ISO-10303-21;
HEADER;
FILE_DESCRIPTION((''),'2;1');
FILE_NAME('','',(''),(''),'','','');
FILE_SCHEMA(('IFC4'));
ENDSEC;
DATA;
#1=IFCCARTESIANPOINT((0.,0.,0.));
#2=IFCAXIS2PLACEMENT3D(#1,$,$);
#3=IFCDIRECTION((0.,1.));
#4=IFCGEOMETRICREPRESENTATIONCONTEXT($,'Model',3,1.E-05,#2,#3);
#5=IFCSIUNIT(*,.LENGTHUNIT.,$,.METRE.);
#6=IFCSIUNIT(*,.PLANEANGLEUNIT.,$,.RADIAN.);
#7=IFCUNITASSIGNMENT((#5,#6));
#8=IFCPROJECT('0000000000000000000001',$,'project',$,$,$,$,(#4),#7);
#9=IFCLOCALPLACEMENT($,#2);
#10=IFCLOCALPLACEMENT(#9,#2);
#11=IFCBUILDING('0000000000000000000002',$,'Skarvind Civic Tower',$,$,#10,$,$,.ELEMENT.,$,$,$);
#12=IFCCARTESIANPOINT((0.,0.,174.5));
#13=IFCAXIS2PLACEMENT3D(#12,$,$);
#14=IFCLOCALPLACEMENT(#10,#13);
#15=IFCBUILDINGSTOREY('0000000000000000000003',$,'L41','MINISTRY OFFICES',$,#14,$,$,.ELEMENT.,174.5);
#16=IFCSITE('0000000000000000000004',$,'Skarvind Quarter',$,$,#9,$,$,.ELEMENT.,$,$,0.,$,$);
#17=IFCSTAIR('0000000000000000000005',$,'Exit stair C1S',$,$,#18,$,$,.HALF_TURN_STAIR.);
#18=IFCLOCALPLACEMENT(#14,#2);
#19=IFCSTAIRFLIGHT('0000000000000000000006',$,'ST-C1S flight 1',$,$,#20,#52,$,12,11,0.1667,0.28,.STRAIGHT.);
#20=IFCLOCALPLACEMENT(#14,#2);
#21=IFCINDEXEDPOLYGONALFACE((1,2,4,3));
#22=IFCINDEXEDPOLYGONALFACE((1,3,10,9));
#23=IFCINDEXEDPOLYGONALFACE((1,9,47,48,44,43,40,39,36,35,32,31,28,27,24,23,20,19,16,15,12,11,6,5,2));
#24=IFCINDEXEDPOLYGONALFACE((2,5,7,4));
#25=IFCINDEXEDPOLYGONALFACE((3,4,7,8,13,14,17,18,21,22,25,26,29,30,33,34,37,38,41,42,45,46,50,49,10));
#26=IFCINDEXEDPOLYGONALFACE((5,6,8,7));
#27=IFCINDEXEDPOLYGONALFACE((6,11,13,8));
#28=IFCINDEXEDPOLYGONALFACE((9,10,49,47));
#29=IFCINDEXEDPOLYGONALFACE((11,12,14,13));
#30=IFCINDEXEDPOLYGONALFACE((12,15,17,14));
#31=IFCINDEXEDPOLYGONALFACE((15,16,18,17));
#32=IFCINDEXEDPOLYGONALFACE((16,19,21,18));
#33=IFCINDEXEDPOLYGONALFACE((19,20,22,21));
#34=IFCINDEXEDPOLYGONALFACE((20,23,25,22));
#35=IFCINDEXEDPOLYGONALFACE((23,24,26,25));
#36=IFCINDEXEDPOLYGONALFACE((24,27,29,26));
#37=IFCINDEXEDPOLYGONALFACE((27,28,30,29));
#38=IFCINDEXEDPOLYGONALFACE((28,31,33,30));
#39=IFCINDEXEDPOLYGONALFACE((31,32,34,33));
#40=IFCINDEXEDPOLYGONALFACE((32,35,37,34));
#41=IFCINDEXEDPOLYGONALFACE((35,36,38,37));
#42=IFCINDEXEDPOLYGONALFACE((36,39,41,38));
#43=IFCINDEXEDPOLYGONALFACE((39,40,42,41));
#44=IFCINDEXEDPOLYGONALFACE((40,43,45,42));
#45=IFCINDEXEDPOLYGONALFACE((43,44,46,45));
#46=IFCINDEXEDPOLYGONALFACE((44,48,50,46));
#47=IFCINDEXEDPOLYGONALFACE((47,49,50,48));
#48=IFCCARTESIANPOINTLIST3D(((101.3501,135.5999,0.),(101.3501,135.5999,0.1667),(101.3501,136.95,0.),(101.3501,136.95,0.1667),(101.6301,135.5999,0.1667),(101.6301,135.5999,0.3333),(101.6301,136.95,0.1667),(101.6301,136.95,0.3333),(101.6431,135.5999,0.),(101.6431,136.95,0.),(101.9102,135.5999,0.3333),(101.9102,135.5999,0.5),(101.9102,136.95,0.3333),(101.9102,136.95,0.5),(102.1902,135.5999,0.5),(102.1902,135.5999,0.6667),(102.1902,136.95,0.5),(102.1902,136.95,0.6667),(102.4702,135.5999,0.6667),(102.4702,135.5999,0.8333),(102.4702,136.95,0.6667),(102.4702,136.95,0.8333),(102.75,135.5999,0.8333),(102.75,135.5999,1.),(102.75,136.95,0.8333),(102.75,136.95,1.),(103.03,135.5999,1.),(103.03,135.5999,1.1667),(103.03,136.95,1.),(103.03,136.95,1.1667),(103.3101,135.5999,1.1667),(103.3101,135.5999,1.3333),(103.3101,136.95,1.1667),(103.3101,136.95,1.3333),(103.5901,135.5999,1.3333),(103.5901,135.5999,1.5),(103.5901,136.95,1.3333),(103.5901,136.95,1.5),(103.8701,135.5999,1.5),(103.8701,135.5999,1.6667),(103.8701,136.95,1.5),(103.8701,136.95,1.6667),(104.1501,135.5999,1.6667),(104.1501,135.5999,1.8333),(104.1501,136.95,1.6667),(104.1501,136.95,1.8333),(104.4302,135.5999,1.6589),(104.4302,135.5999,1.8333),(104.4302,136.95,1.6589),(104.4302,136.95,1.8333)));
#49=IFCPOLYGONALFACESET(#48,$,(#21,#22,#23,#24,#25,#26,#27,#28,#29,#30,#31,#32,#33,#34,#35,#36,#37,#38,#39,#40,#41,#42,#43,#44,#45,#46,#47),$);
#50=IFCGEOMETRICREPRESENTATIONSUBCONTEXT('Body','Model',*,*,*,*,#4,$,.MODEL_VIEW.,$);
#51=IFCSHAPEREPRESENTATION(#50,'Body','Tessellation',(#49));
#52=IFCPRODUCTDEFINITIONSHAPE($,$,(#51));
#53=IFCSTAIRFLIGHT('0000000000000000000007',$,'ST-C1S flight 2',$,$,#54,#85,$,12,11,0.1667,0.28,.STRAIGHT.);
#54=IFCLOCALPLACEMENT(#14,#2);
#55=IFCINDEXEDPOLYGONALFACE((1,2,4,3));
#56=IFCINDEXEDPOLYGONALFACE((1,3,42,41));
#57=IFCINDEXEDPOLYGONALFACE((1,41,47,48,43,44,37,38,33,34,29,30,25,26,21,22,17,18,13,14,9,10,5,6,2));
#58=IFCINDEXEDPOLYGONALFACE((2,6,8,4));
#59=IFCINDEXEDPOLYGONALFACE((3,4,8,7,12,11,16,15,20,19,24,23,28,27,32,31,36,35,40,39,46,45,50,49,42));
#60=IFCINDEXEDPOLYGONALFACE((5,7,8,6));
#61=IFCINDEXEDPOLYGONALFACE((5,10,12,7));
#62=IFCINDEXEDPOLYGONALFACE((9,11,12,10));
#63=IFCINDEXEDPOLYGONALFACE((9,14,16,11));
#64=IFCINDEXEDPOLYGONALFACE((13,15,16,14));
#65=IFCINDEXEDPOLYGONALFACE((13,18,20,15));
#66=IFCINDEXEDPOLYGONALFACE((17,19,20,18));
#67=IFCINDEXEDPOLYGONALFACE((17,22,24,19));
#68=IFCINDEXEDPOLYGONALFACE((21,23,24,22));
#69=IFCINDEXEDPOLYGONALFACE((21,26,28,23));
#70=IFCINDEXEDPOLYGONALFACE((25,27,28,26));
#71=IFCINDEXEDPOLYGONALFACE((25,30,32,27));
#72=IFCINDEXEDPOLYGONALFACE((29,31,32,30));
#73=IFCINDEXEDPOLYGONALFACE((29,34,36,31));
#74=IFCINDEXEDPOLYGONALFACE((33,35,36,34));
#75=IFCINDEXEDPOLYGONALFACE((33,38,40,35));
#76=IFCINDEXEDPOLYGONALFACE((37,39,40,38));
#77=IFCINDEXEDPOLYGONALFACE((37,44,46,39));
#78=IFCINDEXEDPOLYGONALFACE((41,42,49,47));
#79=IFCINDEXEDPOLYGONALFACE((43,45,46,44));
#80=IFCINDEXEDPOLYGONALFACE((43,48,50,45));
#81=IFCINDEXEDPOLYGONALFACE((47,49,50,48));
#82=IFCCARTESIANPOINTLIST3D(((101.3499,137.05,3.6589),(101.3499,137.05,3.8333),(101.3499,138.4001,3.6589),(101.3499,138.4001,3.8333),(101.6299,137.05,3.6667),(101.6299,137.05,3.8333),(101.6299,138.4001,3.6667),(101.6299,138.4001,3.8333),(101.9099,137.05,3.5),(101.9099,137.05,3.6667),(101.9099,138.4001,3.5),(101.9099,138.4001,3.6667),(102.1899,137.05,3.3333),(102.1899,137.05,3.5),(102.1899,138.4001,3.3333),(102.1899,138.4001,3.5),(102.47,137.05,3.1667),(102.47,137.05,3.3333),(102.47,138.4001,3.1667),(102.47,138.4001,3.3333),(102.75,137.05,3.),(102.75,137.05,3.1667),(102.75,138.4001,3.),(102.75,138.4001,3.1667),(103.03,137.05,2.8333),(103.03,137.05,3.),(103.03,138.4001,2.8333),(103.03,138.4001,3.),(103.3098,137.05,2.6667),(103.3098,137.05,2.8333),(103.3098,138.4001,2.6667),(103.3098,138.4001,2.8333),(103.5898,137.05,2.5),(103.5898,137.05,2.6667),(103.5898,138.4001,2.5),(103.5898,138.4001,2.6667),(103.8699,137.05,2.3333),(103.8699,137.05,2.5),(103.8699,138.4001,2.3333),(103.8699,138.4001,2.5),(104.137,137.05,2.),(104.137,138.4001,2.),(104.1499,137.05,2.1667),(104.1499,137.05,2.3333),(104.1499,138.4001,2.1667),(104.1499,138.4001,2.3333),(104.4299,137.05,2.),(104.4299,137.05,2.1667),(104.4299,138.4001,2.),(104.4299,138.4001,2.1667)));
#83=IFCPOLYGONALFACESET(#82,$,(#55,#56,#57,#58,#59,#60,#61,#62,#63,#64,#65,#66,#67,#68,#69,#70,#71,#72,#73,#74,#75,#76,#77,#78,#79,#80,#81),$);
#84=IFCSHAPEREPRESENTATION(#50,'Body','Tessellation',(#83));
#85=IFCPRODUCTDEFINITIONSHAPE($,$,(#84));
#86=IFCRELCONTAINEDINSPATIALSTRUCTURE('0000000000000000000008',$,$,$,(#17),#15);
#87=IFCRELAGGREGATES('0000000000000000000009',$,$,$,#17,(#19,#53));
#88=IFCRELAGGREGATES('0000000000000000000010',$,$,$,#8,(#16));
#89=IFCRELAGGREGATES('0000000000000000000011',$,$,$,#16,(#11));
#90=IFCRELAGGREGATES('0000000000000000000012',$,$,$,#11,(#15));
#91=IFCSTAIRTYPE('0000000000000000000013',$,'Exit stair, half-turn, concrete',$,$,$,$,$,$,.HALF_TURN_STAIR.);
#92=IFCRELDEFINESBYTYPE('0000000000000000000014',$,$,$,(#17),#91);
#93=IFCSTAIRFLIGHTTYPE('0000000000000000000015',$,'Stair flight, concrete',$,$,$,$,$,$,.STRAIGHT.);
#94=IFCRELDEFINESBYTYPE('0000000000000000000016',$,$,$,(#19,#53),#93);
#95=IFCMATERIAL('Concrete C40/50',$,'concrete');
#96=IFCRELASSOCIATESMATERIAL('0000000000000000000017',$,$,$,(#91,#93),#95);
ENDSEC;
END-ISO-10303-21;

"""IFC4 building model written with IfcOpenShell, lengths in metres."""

from ifc_helpers import new_model, si_unit, direction, frame, origin, place, context, subcontext, project, spatial, polyline, outline, extrude, material, type_object, element, aggregate, save


model = new_model("IFC4")

# Units and contexts
model_context = context("Model", 3, precision=1e-05, world=origin(), true_north=direction((0.0, 1.0)))
body_context = subcontext(model_context, "Body", "Model", "MODEL_VIEW")
ifc_project = project(units=[si_unit("LENGTHUNIT", "METRE"), si_unit("PLANEANGLEUNIT", "RADIAN")], contexts=[model_context])

# Site, building, storey
site_placement = place(None, origin())
site = spatial("IfcSite", under=ifc_project, at=site_placement, Name="Skarvind Quarter", CompositionType="ELEMENT", RefElevation=0.0)
building_placement = place(site_placement, origin())
building = spatial("IfcBuilding", under=site, at=building_placement, Name="Skarvind Civic Tower", CompositionType="ELEMENT")
storey_placement = place(building_placement, frame((0.0, 0.0, 174.5)))
storey = spatial("IfcBuildingStorey", under=building, at=storey_placement, Name="L41", Description="MINISTRY OFFICES", CompositionType="ELEMENT", Elevation=174.5)

# Stair, stair flights
ifc_material_1 = material(Name="Concrete C40/50", Category="concrete")
stair_type = type_object("IfcStairType", Name="Exit stair, half-turn, concrete", PredefinedType="HALF_TURN_STAIR", material=ifc_material_1)
stair_placement = place(storey_placement, origin())
stair = element("IfcStair", 1, at=stair_placement, inside=storey, type_object=stair_type, Name="Exit stair C1S", PredefinedType="HALF_TURN_STAIR")
stair_flight_type = type_object("IfcStairFlightType", Name="Stair flight, concrete", PredefinedType="STRAIGHT", material=ifc_material_1)
stair_flight_1_placement = place(storey_placement, frame((101.3501, 136.2749, 0.0), z_axis=(0.0, 0.0, 1.0), x_axis=(1.0, 0.0, 0.0)))
stair_flight_1 = element("IfcStairFlight", 2, at=stair_flight_1_placement, type_object=stair_flight_type, Name="ST-C1S flight 1", NumberOfRisers=12, NumberOfTreads=11, PredefinedType="STRAIGHT", RiserHeight=0.1667, TreadLength=0.28, context=body_context, shape_type="SweptSolid", body=[
    extrude(outline(polyline([(0.0, 0.0), (0.0, 0.1667), (0.28, 0.1667), (0.28, 0.3333), (0.5601, 0.3333), (0.5601, 0.5), (0.8401, 0.5), (0.8401, 0.6667), (1.1201, 0.6667), (1.1201, 0.8333), (1.3999, 0.8333), (1.3999, 1.0), (1.6799, 1.0), (1.6799, 1.1667), (1.96, 1.1667), (1.96, 1.3333), (2.24, 1.3333), (2.24, 1.5), (2.52, 1.5), (2.52, 1.6667), (2.8, 1.6667), (2.8, 1.8333), (3.0801, 1.8333), (3.0801, 2.0), (3.0801, 1.6589), (0.293, 0.0), (0.0, 0.0)])), frame((0.0, 0.675, 0.0), z_axis=(0.0, -1.0, 0.0), x_axis=(1.0, 0.0, 0.0)), (0.0, 0.0, 1.0), 1.3501),
])
stair_flight_2_placement = place(storey_placement, frame((104.4299, 137.7251, 2.0), z_axis=(0.0, 0.0, 1.0), x_axis=(-1.0, 0.0, 0.0)))
stair_flight_2 = element("IfcStairFlight", 3, at=stair_flight_2_placement, type_object=stair_flight_type, Name="ST-C1S flight 2", NumberOfRisers=12, NumberOfTreads=11, PredefinedType="STRAIGHT", RiserHeight=0.1667, TreadLength=0.28, context=body_context, shape_type="SweptSolid", body=[
    extrude(outline(polyline([(0.0, 0.0), (0.0, 0.1667), (0.28, 0.1667), (0.28, 0.3333), (0.5601, 0.3333), (0.5601, 0.5), (0.8401, 0.5), (0.8401, 0.6667), (1.1201, 0.6667), (1.1201, 0.8333), (1.3999, 0.8333), (1.3999, 1.0), (1.6799, 1.0), (1.6799, 1.1667), (1.96, 1.1667), (1.96, 1.3333), (2.24, 1.3333), (2.24, 1.5), (2.52, 1.5), (2.52, 1.6667), (2.8, 1.6667), (2.8, 1.8333), (3.0801, 1.8333), (3.0801, 2.0), (3.0801, 1.6589), (0.293, 0.0), (0.0, 0.0)])), frame((0.0, 0.675, 0.0), z_axis=(0.0, -1.0, 0.0), x_axis=(1.0, 0.0, 0.0)), (0.0, 0.0, 1.0), 1.3501),
])
aggregate(stair, [stair_flight_1, stair_flight_2])

save(model, "model.ifc")
